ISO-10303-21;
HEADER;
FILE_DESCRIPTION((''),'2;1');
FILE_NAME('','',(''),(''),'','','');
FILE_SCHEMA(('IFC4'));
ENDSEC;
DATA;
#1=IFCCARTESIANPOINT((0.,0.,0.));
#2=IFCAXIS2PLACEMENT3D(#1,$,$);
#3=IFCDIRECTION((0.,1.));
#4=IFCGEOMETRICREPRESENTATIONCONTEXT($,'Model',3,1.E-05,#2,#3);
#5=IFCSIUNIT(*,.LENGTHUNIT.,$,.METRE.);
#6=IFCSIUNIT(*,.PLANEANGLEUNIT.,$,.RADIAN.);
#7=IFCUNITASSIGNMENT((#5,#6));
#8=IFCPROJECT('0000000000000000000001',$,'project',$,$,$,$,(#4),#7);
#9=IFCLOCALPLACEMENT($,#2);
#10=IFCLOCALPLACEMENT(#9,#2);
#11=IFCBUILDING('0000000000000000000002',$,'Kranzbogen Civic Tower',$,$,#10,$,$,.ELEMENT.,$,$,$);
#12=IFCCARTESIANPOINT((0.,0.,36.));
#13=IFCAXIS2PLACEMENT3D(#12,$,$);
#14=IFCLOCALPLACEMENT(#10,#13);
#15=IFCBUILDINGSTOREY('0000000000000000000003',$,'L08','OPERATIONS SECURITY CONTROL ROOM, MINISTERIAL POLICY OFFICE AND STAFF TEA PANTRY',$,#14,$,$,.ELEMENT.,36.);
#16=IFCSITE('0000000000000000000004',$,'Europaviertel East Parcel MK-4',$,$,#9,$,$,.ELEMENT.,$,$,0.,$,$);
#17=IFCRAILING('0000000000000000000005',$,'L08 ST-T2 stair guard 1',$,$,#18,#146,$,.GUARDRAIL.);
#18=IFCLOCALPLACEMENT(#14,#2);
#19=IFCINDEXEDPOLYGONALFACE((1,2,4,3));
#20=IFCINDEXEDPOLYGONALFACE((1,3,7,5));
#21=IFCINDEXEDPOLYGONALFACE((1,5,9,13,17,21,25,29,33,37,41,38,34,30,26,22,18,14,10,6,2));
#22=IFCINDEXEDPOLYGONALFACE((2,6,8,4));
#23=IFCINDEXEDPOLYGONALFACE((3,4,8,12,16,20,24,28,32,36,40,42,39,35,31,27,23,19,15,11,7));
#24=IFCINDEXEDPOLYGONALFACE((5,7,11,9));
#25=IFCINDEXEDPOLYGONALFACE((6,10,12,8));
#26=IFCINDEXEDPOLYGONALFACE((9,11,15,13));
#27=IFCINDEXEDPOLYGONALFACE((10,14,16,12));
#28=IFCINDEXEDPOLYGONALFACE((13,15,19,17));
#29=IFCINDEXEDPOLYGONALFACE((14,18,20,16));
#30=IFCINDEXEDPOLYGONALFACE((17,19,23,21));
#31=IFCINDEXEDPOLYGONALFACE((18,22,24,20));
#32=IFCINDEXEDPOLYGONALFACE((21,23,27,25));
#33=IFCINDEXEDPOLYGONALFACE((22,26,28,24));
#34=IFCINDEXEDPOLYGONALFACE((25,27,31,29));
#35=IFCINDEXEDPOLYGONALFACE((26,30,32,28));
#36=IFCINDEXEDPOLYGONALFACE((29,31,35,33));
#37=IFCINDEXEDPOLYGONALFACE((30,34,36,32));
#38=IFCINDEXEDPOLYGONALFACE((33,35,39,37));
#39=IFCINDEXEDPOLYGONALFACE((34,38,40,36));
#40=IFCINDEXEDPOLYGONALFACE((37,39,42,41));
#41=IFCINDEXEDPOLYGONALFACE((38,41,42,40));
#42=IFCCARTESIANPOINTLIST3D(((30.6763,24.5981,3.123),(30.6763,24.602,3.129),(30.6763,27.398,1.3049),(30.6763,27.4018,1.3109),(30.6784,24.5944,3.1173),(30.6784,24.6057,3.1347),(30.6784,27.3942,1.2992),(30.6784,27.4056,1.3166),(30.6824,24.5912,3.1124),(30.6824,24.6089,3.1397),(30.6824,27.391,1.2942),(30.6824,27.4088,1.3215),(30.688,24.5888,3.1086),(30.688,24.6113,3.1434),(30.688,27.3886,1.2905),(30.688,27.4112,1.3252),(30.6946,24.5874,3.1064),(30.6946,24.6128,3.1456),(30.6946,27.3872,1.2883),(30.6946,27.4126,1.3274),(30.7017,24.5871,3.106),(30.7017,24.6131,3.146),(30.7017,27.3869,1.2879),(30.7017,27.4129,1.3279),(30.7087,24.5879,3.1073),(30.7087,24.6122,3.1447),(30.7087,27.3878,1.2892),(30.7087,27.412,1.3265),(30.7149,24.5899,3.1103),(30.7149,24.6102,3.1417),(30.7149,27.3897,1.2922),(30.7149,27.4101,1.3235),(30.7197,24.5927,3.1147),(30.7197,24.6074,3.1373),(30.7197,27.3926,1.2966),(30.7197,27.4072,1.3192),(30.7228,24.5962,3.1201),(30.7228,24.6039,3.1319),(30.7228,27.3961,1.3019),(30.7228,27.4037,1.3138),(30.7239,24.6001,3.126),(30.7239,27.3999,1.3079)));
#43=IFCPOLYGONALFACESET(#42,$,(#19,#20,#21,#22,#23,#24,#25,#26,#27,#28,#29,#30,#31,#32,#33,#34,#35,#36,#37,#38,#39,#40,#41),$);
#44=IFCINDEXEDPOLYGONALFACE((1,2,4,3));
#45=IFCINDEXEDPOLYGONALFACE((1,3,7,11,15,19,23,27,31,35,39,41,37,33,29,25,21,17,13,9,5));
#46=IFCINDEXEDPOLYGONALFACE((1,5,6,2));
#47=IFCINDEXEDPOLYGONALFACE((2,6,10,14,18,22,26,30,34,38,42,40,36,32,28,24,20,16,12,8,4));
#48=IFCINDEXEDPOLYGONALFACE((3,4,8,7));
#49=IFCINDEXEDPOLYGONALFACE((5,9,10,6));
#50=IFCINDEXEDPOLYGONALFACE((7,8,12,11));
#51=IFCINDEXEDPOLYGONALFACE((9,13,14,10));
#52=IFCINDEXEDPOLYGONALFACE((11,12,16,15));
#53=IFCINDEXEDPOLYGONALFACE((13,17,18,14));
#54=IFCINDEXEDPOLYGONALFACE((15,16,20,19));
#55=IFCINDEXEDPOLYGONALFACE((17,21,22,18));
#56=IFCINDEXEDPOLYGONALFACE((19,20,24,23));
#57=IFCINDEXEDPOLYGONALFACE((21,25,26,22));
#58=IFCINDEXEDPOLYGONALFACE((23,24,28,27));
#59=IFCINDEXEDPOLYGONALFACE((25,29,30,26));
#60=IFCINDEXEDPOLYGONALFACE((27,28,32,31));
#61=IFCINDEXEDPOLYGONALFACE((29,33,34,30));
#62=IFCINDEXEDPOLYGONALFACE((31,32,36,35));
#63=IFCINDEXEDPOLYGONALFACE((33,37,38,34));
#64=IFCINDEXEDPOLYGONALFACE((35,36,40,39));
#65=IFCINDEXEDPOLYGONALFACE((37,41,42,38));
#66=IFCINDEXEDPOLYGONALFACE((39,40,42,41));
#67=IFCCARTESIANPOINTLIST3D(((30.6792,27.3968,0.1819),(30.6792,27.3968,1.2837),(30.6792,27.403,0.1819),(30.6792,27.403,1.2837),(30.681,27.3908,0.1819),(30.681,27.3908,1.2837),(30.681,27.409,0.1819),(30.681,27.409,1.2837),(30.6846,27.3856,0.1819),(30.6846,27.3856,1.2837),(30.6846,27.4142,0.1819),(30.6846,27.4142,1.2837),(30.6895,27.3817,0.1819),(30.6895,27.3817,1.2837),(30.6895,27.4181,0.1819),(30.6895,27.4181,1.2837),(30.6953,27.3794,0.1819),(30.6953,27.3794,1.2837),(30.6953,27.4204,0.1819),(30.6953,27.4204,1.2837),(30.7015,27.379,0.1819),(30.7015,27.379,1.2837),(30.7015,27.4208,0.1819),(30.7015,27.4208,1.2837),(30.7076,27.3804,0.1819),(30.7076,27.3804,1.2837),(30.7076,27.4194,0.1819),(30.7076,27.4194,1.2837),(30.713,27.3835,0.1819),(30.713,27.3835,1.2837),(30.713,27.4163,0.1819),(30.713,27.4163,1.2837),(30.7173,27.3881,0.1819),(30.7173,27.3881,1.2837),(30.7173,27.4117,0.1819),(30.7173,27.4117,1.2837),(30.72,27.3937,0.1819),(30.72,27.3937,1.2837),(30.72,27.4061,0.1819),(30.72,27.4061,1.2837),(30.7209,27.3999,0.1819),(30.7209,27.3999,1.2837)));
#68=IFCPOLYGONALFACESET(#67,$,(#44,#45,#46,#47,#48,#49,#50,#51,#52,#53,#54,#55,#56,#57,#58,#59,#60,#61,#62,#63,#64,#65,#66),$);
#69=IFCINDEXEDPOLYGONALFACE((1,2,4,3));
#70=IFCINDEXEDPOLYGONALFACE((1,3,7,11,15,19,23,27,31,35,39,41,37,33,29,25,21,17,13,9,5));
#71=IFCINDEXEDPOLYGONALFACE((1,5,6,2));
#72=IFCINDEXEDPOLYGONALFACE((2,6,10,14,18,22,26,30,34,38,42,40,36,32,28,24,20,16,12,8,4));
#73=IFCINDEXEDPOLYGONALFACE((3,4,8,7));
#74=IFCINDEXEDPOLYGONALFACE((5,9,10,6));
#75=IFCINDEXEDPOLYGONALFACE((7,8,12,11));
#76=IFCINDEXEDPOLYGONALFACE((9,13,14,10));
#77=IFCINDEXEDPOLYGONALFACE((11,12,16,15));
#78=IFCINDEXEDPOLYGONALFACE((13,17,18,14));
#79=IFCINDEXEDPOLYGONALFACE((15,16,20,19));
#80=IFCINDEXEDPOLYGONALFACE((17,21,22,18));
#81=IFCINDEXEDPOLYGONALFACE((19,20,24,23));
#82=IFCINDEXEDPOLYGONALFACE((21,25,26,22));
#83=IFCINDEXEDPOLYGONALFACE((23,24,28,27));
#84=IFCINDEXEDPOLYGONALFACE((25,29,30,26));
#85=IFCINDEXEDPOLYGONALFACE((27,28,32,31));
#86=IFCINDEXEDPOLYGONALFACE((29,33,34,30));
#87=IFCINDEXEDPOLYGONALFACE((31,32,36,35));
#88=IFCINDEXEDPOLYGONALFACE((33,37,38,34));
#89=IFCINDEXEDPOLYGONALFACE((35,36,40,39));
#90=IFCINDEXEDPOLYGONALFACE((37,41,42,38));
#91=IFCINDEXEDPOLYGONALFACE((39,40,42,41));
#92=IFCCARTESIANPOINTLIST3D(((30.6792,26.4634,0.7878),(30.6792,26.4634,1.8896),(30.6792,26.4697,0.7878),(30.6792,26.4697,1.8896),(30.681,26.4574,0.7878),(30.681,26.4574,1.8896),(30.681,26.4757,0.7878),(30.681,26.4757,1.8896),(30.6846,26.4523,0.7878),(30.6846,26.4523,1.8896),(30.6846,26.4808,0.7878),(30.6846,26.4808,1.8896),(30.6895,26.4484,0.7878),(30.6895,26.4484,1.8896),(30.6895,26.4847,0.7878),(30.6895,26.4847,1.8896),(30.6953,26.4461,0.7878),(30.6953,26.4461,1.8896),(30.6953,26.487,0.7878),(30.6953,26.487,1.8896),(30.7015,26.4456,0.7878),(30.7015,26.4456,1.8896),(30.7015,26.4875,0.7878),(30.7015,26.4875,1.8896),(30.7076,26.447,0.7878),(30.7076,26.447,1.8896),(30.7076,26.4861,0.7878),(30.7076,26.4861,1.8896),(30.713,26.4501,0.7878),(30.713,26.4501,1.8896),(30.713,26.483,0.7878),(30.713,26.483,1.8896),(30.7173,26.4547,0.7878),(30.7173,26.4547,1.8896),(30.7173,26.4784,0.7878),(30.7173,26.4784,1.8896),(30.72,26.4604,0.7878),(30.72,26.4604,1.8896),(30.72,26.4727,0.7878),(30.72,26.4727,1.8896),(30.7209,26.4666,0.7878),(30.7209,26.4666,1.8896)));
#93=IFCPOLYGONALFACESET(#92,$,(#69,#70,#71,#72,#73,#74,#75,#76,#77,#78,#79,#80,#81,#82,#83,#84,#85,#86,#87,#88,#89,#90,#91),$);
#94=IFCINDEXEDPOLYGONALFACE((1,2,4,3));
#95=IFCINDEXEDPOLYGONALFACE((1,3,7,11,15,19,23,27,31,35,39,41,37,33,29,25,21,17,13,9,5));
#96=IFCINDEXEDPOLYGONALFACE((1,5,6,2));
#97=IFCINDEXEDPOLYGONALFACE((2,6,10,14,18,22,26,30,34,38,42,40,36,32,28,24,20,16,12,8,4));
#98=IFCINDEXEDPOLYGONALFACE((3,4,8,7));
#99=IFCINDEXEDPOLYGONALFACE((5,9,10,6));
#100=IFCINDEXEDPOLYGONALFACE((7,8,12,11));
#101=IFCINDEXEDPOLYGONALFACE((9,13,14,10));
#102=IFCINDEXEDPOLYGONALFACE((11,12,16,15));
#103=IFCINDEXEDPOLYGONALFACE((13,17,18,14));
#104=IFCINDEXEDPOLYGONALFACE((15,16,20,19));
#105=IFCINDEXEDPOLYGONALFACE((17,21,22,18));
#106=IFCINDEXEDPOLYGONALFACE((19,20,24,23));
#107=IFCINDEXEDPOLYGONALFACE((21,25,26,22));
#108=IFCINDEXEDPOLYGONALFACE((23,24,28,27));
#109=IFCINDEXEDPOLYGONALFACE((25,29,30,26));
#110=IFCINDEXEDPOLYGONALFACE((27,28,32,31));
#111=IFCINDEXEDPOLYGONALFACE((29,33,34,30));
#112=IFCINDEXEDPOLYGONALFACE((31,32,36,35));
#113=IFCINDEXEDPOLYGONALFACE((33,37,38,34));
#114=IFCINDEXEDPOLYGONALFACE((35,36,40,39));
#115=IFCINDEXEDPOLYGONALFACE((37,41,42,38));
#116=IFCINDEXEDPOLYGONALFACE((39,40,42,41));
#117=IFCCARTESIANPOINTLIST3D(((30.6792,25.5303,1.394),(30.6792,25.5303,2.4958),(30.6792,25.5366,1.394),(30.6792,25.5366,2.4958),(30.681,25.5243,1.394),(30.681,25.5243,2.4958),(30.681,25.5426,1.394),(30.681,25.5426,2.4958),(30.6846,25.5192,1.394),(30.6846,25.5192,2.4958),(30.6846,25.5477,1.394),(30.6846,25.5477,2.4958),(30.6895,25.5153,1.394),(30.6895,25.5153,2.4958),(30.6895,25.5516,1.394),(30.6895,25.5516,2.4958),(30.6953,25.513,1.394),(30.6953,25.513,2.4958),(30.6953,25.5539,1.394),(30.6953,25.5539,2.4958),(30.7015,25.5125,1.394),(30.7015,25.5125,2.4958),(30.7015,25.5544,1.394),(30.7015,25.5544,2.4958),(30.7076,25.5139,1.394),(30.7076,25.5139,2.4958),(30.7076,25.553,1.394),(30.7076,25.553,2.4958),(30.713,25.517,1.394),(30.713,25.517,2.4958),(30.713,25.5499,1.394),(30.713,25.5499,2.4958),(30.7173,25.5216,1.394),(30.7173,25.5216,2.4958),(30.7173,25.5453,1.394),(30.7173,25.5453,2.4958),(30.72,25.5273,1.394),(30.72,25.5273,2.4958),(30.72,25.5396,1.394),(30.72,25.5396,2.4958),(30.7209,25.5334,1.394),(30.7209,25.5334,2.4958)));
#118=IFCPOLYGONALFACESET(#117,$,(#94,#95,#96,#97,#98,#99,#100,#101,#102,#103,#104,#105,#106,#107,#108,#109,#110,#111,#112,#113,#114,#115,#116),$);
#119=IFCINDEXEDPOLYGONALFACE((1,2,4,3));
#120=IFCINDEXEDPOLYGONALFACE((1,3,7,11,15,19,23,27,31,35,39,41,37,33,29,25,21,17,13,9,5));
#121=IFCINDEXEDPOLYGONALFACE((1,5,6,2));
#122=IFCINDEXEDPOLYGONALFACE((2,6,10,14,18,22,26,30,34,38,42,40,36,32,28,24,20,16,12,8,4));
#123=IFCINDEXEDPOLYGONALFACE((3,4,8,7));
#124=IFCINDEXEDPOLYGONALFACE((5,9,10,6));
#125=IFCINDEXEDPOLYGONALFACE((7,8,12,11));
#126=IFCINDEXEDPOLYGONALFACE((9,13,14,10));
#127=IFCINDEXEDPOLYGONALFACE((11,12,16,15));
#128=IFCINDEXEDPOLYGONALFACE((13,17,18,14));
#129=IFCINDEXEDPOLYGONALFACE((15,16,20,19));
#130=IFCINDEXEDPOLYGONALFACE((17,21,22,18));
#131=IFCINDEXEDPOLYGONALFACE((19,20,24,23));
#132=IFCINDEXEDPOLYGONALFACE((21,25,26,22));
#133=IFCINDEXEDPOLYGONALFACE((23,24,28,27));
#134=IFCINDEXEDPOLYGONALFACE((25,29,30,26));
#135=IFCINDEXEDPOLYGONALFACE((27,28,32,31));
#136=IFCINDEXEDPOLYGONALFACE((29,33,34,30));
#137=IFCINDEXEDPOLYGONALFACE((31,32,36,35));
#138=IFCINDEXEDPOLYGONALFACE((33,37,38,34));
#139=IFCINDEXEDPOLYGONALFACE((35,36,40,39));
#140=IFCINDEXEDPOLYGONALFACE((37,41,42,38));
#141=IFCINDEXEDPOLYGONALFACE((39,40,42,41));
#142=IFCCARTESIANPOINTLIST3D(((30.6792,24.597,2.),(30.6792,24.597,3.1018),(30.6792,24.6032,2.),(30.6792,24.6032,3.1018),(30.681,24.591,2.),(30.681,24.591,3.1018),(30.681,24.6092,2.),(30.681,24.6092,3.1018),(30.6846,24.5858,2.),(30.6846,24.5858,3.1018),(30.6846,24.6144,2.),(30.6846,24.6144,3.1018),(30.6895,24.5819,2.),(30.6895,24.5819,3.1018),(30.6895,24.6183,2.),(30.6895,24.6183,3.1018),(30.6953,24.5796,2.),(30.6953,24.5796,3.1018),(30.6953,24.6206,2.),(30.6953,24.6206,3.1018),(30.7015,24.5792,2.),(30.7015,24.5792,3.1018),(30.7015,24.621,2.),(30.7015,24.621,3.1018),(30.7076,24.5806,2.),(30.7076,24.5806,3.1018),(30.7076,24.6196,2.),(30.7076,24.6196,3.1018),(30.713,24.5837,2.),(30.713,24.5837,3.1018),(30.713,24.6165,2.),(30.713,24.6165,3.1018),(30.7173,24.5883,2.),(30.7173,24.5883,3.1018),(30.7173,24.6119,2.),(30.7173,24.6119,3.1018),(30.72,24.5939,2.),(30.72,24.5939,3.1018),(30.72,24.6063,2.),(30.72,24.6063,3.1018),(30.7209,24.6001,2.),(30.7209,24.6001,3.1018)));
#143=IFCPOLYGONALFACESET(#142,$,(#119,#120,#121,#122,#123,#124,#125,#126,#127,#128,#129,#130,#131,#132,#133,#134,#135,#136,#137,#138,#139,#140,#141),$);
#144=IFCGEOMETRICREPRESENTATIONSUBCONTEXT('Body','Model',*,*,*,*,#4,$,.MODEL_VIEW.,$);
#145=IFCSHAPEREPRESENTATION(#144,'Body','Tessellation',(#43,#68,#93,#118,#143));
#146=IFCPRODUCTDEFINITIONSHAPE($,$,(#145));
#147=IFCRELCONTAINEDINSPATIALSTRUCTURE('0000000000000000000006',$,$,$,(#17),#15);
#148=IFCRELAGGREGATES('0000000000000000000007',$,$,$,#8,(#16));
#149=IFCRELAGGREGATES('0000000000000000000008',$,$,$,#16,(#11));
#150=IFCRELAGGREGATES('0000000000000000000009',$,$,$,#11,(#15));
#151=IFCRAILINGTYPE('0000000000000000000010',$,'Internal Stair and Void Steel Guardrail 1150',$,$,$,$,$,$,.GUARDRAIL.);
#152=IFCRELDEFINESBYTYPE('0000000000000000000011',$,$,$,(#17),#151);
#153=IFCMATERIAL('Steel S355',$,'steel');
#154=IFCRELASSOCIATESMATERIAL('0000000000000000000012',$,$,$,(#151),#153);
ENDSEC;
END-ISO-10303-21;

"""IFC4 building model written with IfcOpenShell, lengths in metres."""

from ifc_helpers import new_model, si_unit, direction, frame, origin, origin_2d, place, context, subcontext, project, spatial, circle, extrude, material, type_object, element, save


model = new_model("IFC4")

# Units and contexts
model_context = context("Model", 3, precision=1e-05, world=origin(), true_north=direction((0.0, 1.0)))
body_context = subcontext(model_context, "Body", "Model", "MODEL_VIEW")
ifc_project = project(units=[si_unit("LENGTHUNIT", "METRE"), si_unit("PLANEANGLEUNIT", "RADIAN")], contexts=[model_context])

# Site, building, storey
site_placement = place(None, origin())
site = spatial("IfcSite", under=ifc_project, at=site_placement, Name="Europaviertel East Parcel MK-4", CompositionType="ELEMENT", RefElevation=0.0)
building_placement = place(site_placement, origin())
building = spatial("IfcBuilding", under=site, at=building_placement, Name="Kranzbogen Civic Tower", CompositionType="ELEMENT")
storey_placement = place(building_placement, frame((0.0, 0.0, 36.0)))
storey = spatial("IfcBuildingStorey", under=building, at=storey_placement, Name="L08", Description="OPERATIONS SECURITY CONTROL ROOM, MINISTERIAL POLICY OFFICE AND STAFF TEA PANTRY", CompositionType="ELEMENT", Elevation=36.0)

# Shared definitions
ifc_material_1 = material(Name="Steel S355", Category="steel")

# Railing
railing_type_1 = type_object("IfcRailingType", Name="Internal Stair and Void Steel Guardrail 1150", PredefinedType="GUARDRAIL", material=ifc_material_1)
railing_1_placement = place(storey_placement, frame((30.7, 27.3999, 0.1819)))
element("IfcRailing", 1, at=railing_1_placement, inside=storey, type_object=railing_type_1, Name="L08 ST-T2 stair guard 1", PredefinedType="GUARDRAIL", context=body_context, shape_type="SweptSolid", body=[
    extrude(circle(Radius=0.0239, at=origin_2d()), frame((0.0, 0.0, 1.126), z_axis=(0.0, -0.838684, 0.544618), x_axis=(1.0, 0.0, 0.0)), (0.0, 0.0, 1.0), 3.3384),
    extrude(circle(Radius=0.021, at=origin_2d()), origin(), (0.0, 0.0, 1.0), 1.1018),
    extrude(circle(Radius=0.021, at=origin_2d()), frame((0.0, -0.9333, 0.606)), (0.0, 0.0, 1.0), 1.1018),
    extrude(circle(Radius=0.021, at=origin_2d()), frame((0.0, -1.8665, 1.2122)), (0.0, 0.0, 1.0), 1.1018),
    extrude(circle(Radius=0.021, at=origin_2d()), frame((0.0, -2.7998, 1.8181)), (0.0, 0.0, 1.0), 1.1018),
])

save(model, "model.ifc")
